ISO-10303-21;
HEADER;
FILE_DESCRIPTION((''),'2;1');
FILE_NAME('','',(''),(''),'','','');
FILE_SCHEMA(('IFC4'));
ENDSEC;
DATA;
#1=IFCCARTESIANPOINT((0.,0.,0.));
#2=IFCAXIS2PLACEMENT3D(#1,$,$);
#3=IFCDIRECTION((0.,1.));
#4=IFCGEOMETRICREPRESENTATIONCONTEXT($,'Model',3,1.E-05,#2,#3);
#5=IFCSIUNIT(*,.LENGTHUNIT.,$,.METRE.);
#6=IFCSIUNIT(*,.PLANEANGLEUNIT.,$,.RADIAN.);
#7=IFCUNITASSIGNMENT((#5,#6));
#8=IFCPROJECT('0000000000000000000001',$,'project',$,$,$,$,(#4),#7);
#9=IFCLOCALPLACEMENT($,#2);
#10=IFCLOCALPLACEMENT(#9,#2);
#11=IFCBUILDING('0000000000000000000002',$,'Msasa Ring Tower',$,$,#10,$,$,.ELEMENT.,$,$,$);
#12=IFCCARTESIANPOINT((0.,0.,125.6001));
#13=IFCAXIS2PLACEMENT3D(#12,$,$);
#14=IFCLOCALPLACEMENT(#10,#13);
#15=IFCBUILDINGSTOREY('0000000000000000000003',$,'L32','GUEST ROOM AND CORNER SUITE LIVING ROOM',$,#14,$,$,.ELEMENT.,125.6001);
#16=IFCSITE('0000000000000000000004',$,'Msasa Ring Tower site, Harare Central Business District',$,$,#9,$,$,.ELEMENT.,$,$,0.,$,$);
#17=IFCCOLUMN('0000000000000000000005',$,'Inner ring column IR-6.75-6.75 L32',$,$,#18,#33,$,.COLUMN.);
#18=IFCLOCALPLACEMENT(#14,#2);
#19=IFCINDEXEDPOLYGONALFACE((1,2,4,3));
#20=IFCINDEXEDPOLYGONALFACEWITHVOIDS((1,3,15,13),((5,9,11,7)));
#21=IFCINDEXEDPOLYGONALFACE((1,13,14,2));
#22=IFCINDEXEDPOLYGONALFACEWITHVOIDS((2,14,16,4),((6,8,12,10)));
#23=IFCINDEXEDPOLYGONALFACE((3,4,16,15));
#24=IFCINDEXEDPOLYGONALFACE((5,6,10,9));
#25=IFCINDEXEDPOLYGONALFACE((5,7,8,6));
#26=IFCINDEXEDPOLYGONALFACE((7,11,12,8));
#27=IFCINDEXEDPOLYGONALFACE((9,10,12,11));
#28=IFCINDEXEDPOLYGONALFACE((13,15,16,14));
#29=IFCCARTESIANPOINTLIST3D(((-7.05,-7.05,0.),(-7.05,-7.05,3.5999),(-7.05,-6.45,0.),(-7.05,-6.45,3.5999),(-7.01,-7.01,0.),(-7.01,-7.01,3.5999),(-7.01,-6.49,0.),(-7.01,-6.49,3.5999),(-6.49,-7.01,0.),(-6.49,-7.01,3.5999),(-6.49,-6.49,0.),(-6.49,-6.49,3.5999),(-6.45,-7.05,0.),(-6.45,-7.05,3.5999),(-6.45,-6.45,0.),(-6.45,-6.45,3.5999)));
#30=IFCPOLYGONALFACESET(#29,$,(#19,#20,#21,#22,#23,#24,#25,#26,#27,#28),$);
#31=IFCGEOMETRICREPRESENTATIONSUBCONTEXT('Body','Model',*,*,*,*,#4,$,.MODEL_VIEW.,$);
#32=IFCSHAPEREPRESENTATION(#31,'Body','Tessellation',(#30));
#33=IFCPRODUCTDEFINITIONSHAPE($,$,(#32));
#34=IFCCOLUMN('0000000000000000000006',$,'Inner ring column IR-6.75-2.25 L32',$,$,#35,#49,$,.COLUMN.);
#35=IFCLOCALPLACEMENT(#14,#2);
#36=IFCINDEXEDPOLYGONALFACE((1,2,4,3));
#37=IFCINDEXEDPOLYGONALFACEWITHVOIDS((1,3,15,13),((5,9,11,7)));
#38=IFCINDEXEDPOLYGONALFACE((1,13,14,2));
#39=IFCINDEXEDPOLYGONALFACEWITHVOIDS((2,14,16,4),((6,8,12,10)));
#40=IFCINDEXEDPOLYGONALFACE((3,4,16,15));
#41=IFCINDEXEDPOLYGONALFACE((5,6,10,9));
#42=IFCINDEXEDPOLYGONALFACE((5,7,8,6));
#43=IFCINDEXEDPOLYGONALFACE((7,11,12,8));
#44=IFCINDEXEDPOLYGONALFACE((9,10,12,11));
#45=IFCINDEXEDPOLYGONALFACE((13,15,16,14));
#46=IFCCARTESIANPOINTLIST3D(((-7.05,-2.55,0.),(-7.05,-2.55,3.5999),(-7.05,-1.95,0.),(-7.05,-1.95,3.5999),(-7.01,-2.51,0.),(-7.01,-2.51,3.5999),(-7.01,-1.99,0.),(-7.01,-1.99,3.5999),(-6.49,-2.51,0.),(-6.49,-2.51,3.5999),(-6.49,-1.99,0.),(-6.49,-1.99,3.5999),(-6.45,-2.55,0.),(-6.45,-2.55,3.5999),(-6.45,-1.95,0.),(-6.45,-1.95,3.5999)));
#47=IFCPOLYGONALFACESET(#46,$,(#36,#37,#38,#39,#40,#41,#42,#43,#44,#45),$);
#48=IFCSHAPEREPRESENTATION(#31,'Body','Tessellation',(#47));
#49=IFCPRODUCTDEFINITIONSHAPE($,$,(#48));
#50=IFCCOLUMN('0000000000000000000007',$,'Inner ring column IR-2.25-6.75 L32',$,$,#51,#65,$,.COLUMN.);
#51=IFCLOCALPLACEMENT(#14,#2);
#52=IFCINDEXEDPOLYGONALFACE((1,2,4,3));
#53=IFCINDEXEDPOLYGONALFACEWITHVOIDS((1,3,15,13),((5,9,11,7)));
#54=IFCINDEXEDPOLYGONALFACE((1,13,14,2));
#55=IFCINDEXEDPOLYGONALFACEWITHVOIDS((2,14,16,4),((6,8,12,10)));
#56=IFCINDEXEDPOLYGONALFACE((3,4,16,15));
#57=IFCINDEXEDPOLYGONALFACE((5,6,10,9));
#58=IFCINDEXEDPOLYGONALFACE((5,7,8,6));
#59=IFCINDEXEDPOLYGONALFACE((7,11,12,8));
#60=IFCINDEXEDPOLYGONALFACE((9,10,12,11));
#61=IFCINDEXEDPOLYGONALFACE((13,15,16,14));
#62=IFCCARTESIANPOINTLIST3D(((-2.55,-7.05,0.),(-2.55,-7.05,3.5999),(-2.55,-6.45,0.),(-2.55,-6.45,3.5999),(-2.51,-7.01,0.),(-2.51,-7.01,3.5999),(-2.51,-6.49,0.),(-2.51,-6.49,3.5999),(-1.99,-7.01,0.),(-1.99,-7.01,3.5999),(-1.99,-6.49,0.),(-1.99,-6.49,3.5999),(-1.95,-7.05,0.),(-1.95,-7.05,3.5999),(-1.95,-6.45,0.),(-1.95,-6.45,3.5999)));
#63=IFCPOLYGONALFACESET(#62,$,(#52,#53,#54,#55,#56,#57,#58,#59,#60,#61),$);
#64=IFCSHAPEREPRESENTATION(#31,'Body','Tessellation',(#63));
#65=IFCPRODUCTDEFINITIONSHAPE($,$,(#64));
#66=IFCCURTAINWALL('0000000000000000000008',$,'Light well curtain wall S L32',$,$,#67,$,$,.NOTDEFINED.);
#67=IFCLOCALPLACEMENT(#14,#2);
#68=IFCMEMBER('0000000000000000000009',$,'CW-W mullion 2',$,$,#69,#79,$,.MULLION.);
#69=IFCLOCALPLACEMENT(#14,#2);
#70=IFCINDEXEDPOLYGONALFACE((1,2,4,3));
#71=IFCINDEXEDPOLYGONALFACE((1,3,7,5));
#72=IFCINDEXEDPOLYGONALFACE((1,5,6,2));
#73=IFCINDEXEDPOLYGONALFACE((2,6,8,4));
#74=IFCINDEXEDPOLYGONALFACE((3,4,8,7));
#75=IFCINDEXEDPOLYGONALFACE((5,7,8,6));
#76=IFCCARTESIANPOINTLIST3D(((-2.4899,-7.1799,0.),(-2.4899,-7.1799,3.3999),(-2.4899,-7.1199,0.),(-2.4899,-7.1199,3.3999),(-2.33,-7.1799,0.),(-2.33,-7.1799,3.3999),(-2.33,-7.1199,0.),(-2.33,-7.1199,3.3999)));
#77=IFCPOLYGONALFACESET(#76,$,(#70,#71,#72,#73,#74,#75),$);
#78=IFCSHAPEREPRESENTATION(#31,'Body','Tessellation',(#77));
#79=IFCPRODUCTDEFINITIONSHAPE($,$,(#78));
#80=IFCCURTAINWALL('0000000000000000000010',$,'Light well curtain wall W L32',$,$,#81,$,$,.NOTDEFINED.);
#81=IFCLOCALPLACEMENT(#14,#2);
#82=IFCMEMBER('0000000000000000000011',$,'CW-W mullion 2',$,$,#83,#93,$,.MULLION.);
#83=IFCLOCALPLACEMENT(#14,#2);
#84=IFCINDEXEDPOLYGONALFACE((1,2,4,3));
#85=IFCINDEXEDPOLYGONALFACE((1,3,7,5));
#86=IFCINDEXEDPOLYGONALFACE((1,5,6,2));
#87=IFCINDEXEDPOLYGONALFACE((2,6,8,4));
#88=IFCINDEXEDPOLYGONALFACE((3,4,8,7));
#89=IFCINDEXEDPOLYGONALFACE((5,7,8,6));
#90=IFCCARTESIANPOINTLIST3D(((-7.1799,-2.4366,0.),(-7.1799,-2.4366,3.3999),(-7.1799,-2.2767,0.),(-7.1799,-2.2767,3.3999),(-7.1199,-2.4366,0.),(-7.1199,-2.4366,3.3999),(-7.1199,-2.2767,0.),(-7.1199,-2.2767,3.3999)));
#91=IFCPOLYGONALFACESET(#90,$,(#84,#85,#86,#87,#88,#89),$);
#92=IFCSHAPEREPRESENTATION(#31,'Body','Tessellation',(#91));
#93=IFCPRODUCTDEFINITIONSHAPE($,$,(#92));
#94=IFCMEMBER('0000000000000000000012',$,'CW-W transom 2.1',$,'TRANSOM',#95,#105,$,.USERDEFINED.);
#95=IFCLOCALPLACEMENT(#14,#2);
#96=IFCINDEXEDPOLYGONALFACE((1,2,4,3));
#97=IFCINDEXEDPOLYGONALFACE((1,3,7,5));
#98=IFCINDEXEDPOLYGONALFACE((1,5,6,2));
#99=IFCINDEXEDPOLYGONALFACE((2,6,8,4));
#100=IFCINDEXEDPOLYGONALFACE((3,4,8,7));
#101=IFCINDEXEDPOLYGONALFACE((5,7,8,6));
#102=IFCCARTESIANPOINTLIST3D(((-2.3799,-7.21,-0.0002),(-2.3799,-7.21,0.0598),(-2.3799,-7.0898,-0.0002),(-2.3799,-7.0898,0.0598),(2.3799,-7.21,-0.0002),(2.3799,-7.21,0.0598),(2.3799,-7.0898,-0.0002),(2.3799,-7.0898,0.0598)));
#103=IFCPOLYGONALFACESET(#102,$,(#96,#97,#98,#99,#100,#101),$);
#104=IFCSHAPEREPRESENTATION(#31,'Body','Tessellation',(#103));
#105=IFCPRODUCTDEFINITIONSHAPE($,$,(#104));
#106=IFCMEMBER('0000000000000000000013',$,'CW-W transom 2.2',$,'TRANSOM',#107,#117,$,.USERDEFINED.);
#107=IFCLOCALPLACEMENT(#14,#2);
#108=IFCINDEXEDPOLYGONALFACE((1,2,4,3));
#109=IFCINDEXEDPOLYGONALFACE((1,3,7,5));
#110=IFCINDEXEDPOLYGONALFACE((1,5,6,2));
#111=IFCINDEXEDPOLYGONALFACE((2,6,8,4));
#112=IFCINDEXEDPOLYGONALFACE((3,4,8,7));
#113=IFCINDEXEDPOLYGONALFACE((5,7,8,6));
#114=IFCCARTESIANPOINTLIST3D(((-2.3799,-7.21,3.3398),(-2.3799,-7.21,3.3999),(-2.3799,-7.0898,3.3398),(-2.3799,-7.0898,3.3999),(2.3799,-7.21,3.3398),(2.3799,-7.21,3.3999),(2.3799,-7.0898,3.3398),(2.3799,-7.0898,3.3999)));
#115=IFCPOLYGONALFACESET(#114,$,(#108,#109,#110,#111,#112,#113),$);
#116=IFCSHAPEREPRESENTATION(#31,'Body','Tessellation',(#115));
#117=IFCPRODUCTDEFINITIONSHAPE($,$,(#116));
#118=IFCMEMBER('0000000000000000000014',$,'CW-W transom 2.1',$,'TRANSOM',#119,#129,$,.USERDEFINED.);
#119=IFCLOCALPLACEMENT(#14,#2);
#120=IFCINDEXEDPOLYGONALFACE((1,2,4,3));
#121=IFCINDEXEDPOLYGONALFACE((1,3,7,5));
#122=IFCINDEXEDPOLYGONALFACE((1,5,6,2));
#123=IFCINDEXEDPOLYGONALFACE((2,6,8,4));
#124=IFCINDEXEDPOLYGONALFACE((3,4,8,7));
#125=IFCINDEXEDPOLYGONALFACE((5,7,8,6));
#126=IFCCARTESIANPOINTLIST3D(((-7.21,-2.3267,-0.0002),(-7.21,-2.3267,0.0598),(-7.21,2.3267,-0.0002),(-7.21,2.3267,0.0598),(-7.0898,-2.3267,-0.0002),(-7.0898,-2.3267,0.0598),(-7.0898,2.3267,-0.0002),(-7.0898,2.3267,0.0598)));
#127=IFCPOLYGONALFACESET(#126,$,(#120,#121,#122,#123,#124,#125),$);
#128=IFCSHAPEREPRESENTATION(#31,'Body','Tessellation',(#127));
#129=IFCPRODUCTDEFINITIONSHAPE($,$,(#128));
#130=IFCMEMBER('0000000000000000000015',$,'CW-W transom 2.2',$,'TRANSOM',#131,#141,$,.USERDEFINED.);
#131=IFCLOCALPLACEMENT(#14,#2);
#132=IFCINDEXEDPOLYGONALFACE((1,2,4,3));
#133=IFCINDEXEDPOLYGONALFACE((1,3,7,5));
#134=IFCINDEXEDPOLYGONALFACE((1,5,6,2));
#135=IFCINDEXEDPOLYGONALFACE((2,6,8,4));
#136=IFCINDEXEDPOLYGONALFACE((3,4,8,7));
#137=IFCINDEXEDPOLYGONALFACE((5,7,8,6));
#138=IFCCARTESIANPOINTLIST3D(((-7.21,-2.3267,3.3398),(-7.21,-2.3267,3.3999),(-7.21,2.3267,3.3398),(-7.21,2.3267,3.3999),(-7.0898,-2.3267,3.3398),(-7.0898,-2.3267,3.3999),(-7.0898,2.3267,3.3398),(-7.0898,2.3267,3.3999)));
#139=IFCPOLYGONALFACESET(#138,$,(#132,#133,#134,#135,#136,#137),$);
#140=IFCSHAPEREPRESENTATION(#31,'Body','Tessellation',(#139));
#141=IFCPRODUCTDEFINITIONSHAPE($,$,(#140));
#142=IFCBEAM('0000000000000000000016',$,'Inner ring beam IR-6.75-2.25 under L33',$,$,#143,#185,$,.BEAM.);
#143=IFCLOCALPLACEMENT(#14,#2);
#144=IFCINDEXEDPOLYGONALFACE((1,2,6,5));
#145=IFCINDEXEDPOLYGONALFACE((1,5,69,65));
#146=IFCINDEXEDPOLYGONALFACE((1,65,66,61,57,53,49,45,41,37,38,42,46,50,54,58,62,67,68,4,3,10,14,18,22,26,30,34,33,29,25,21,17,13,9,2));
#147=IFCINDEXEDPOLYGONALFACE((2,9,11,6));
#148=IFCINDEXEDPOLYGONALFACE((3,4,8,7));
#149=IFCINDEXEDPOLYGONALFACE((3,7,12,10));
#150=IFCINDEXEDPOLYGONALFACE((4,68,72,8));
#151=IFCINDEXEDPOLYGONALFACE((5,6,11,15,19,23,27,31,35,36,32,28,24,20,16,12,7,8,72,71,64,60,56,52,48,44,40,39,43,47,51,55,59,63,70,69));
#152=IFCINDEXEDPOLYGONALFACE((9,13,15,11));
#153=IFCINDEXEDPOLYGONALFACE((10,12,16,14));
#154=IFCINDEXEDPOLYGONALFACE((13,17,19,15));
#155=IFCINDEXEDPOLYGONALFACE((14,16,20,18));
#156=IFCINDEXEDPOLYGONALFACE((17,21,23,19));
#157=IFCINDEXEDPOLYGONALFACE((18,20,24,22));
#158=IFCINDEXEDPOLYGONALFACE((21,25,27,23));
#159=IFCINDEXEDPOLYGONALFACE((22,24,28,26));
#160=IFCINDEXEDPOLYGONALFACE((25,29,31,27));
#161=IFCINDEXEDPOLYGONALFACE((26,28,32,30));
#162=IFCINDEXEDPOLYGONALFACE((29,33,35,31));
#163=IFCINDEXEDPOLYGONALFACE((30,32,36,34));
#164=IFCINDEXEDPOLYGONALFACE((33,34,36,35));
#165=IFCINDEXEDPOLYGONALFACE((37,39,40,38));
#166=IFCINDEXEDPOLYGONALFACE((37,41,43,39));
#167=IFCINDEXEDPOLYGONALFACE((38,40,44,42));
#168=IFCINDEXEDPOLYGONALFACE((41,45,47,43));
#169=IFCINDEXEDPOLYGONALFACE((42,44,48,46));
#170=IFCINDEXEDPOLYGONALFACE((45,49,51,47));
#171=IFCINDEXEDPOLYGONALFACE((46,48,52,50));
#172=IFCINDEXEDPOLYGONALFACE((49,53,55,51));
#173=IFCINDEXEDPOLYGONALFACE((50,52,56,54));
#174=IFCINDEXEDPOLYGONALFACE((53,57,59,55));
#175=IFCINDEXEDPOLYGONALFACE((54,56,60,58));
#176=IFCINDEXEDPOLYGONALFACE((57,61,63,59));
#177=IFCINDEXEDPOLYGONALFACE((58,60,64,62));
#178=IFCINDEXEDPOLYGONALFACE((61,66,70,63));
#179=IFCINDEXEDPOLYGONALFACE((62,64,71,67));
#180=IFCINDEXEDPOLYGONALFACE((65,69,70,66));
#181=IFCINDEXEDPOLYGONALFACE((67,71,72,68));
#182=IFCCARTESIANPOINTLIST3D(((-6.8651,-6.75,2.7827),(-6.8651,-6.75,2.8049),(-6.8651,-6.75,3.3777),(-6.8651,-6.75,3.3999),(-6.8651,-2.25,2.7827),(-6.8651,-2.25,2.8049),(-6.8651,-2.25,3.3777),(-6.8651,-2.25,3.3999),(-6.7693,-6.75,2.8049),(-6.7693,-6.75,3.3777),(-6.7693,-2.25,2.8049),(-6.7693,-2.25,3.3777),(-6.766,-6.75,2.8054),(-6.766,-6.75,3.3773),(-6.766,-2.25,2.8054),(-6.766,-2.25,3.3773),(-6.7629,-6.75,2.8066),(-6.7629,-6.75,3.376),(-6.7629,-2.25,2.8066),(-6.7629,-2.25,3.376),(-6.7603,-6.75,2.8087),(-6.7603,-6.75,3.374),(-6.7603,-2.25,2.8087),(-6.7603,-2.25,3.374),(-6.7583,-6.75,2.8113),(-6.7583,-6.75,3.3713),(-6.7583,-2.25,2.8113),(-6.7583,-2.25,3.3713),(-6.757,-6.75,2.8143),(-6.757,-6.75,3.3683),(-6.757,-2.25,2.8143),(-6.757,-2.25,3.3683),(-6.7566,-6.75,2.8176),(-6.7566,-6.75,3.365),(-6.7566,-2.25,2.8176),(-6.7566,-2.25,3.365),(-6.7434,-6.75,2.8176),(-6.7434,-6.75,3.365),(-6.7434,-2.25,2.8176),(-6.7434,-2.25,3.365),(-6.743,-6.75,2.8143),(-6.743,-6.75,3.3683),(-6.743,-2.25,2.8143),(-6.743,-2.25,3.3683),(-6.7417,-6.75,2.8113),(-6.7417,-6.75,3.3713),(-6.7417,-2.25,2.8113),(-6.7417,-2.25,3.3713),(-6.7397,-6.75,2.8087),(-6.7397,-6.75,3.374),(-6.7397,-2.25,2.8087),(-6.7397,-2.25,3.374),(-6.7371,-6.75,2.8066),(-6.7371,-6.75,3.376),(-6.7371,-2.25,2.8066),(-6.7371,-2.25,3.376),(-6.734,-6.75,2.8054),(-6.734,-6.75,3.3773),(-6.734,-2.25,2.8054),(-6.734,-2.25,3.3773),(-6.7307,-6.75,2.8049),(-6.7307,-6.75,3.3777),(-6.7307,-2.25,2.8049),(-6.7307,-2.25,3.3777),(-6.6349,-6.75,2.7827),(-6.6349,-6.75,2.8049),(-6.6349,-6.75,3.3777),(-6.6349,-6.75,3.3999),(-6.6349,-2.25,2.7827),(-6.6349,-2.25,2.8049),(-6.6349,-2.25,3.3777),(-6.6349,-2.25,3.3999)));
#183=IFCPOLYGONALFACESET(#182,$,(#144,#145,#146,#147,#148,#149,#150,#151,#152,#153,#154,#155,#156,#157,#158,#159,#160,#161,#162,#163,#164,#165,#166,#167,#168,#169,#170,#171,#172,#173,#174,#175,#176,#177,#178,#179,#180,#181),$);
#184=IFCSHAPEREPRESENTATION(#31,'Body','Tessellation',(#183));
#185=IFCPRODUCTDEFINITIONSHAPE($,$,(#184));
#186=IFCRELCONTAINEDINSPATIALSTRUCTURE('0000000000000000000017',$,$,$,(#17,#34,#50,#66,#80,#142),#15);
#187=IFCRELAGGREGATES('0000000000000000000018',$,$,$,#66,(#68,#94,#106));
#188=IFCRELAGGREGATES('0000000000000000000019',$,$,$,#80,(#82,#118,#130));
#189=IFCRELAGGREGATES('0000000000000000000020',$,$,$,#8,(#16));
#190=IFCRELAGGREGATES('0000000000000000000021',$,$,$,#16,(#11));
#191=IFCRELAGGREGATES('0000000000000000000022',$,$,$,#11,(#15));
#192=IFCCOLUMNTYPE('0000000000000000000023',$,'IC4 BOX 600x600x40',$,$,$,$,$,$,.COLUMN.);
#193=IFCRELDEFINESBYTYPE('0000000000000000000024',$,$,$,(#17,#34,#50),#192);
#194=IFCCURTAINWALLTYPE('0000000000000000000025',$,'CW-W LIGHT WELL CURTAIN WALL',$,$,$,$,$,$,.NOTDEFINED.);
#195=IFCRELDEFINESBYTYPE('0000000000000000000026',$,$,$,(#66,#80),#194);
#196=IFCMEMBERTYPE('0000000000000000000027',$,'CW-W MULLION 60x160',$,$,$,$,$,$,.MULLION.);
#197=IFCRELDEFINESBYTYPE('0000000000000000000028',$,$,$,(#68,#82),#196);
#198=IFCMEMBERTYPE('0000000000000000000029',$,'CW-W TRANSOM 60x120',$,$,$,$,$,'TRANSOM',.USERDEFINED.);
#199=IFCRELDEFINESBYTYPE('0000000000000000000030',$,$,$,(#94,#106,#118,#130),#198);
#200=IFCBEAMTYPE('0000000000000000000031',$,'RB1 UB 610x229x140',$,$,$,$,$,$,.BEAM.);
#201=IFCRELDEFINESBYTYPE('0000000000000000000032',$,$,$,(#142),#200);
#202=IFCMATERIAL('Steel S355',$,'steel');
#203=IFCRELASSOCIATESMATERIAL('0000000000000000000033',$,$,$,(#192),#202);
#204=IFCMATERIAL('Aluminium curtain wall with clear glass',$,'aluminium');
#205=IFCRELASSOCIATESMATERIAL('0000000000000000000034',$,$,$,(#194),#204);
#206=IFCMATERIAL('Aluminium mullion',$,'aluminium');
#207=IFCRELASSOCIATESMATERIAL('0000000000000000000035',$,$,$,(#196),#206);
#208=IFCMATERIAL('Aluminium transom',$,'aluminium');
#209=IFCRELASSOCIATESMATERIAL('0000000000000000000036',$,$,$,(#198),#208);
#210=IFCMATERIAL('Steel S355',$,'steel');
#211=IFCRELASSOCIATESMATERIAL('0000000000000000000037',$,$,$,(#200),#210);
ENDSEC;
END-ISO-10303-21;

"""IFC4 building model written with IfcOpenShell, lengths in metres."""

from ifc_helpers import new_model, si_unit, direction, frame, origin, origin_2d, place, context, subcontext, project, spatial, rectangle, hollow_rectangle, i_section, extrude, material, material_profile, profile_set, type_object, element, aggregate, save


model = new_model("IFC4")

# Units and contexts
model_context = context("Model", 3, precision=1e-05, world=origin(), true_north=direction((0.0, 1.0)))
body_context = subcontext(model_context, "Body", "Model", "MODEL_VIEW")
ifc_project = project(units=[si_unit("LENGTHUNIT", "METRE"), si_unit("PLANEANGLEUNIT", "RADIAN")], contexts=[model_context])

# Site, building, storey
site_placement = place(None, origin())
site = spatial("IfcSite", under=ifc_project, at=site_placement, Name="Msasa Ring Tower site, Harare Central Business District", CompositionType="ELEMENT", RefElevation=0.0)
building_placement = place(site_placement, origin())
building = spatial("IfcBuilding", under=site, at=building_placement, Name="Msasa Ring Tower", CompositionType="ELEMENT")
storey_placement = place(building_placement, frame((0.0, 0.0, 125.6001)))
storey = spatial("IfcBuildingStorey", under=building, at=storey_placement, Name="L32", Description="GUEST ROOM AND CORNER SUITE LIVING ROOM", CompositionType="ELEMENT", Elevation=125.6001)

# Columns
ifc_material_1 = material(Name="Steel S355", Category="steel")
ifc_material_profile_1 = material_profile(ifc_material_1, hollow_rectangle(XDim=0.6001, YDim=0.6001, WallThickness=0.04, at=origin_2d()), Name="BOX 600x600x40")
ifc_profile_set_1 = profile_set([ifc_material_profile_1], Name="Steel S355")
column_type = type_object("IfcColumnType", Name="IC4 BOX 600x600x40", PredefinedType="COLUMN", material=ifc_profile_set_1)
for number, where, z_axis, x_axis, name in (
    (1, (-6.75, -6.75, 0.0), (0.0, 0.0, 1.0), (1.0, 0.0, 0.0), "Inner ring column IR-6.75-6.75 L32"),
    (2, (-6.75, -2.25, 0.0), (0.0, 0.0, 1.0), (1.0, 0.0, 0.0), "Inner ring column IR-6.75-2.25 L32"),
    (3, (-2.25, -6.75, 0.0), (0.0, 0.0, 1.0), (1.0, 0.0, 0.0), "Inner ring column IR-2.25-6.75 L32"),
):
    element("IfcColumn", number, at=place(storey_placement, frame(where, z_axis=z_axis, x_axis=x_axis)), inside=storey, type_object=column_type, Name=name, PredefinedType="COLUMN", context=body_context, shape_type="SweptSolid", body=[
        extrude(hollow_rectangle(XDim=0.6001, YDim=0.6001, WallThickness=0.04, at=origin_2d()), origin(), (0.0, 0.0, 1.0), 3.5999),
    ])

# Curtain walls, members
ifc_material_2 = material(Name="Aluminium curtain wall with clear glass", Category="aluminium")
curtain_wall_type = type_object("IfcCurtainWallType", Name="CW-W LIGHT WELL CURTAIN WALL", PredefinedType="NOTDEFINED", material=ifc_material_2)
curtain_wall_1_placement = place(storey_placement, origin())
curtain_wall_1 = element("IfcCurtainWall", 4, at=curtain_wall_1_placement, inside=storey, type_object=curtain_wall_type, Name="Light well curtain wall S L32", PredefinedType="NOTDEFINED")
ifc_material_3 = material(Name="Aluminium mullion", Category="aluminium")
ifc_material_profile_2 = material_profile(ifc_material_3, rectangle(XDim=0.0601, YDim=0.1599, at=origin_2d()), Name="AL 60x160")
ifc_profile_set_2 = profile_set([ifc_material_profile_2], Name="Aluminium mullion")
member_type_1 = type_object("IfcMemberType", Name="CW-W MULLION 60x160", PredefinedType="MULLION", material=ifc_profile_set_2)
member_1_placement = place(storey_placement, frame((-2.4099, -7.1499, 0.0), z_axis=(0.0, 0.0, 1.0), x_axis=(0.0, 1.0, 0.0)))
member_1 = element("IfcMember", 5, at=member_1_placement, type_object=member_type_1, Name="CW-W mullion 2", PredefinedType="MULLION", context=body_context, shape_type="SweptSolid", body=[
    extrude(rectangle(XDim=0.0601, YDim=0.1599, at=origin_2d()), origin(), (0.0, 0.0, 1.0), 3.3999),
])
curtain_wall_2_placement = place(storey_placement, origin())
curtain_wall_2 = element("IfcCurtainWall", 6, at=curtain_wall_2_placement, inside=storey, type_object=curtain_wall_type, Name="Light well curtain wall W L32", PredefinedType="NOTDEFINED")
member_2_placement = place(storey_placement, frame((-7.1499, -2.3567, 0.0), z_axis=(0.0, 0.0, 1.0), x_axis=(-1.0, 0.0, 0.0)))
member_2 = element("IfcMember", 7, at=member_2_placement, type_object=member_type_1, Name="CW-W mullion 2", PredefinedType="MULLION", context=body_context, shape_type="SweptSolid", body=[
    extrude(rectangle(XDim=0.0601, YDim=0.1599, at=origin_2d()), origin(), (0.0, 0.0, 1.0), 3.3999),
])

# Members
ifc_material_4 = material(Name="Aluminium transom", Category="aluminium")
ifc_material_profile_3 = material_profile(ifc_material_4, rectangle(XDim=0.1201, YDim=0.0601, at=origin_2d()), Name="AL 60x120")
ifc_profile_set_3 = profile_set([ifc_material_profile_3], Name="Aluminium transom")
member_type_2 = type_object("IfcMemberType", Name="CW-W TRANSOM 60x120", ElementType="TRANSOM", PredefinedType="USERDEFINED", material=ifc_profile_set_3)
member_3_placement = place(storey_placement, frame((-2.3799, -7.1499, 0.0298), z_axis=(1.0, 0.0, 0.0), x_axis=(0.0, 1.0, 0.0)))
member_3 = element("IfcMember", 8, at=member_3_placement, type_object=member_type_2, Name="CW-W transom 2.1", ObjectType="TRANSOM", PredefinedType="USERDEFINED", context=body_context, shape_type="SweptSolid", body=[
    extrude(rectangle(XDim=0.1201, YDim=0.0601, at=origin_2d()), origin(), (0.0, 0.0, 1.0), 4.7598),
])
member_4_placement = place(storey_placement, frame((-2.3799, -7.1499, 3.3699), z_axis=(1.0, 0.0, 0.0), x_axis=(0.0, 1.0, 0.0)))
member_4 = element("IfcMember", 9, at=member_4_placement, type_object=member_type_2, Name="CW-W transom 2.2", ObjectType="TRANSOM", PredefinedType="USERDEFINED", context=body_context, shape_type="SweptSolid", body=[
    extrude(rectangle(XDim=0.1201, YDim=0.0601, at=origin_2d()), origin(), (0.0, 0.0, 1.0), 4.7598),
])
aggregate(curtain_wall_1, [member_1, member_3, member_4])
member_5_placement = place(storey_placement, frame((-7.1499, -2.3267, 0.0298), z_axis=(0.0, 1.0, 0.0), x_axis=(-1.0, 0.0, 0.0)))
member_5 = element("IfcMember", 10, at=member_5_placement, type_object=member_type_2, Name="CW-W transom 2.1", ObjectType="TRANSOM", PredefinedType="USERDEFINED", context=body_context, shape_type="SweptSolid", body=[
    extrude(rectangle(XDim=0.1201, YDim=0.0601, at=origin_2d()), origin(), (0.0, 0.0, 1.0), 4.6533),
])
member_6_placement = place(storey_placement, frame((-7.1499, -2.3267, 3.3699), z_axis=(0.0, 1.0, 0.0), x_axis=(-1.0, 0.0, 0.0)))
member_6 = element("IfcMember", 11, at=member_6_placement, type_object=member_type_2, Name="CW-W transom 2.2", ObjectType="TRANSOM", PredefinedType="USERDEFINED", context=body_context, shape_type="SweptSolid", body=[
    extrude(rectangle(XDim=0.1201, YDim=0.0601, at=origin_2d()), origin(), (0.0, 0.0, 1.0), 4.6533),
])

# Beam
ifc_material_5 = material(Name="Steel S355", Category="steel")
ifc_material_profile_4 = material_profile(ifc_material_5, i_section(OverallWidth=0.2302, OverallDepth=0.6172, WebThickness=0.0132, FlangeThickness=0.0222, FilletRadius=0.0127, at=origin_2d()), Name="UB 610x229x140")
ifc_profile_set_4 = profile_set([ifc_material_profile_4], Name="Steel S355")
beam_type = type_object("IfcBeamType", Name="RB1 UB 610x229x140", PredefinedType="BEAM", material=ifc_profile_set_4)
for number, where, z_axis, x_axis, name in (
    (12, (-6.75, -2.25, 3.0913), (0.0, -1.0, 0.0), (1.0, 0.0, 0.0), "Inner ring beam IR-6.75-2.25 under L33"),
):
    element("IfcBeam", number, at=place(storey_placement, frame(where, z_axis=z_axis, x_axis=x_axis)), inside=storey, type_object=beam_type, Name=name, PredefinedType="BEAM", context=body_context, shape_type="SweptSolid", body=[
        extrude(i_section(OverallWidth=0.2302, OverallDepth=0.6172, WebThickness=0.0132, FlangeThickness=0.0222, FilletRadius=0.0127, at=origin_2d()), origin(), (0.0, 0.0, 1.0), 4.5),
    ])

aggregate(curtain_wall_2, [member_2, member_5, member_6])

save(model, "model.ifc")
